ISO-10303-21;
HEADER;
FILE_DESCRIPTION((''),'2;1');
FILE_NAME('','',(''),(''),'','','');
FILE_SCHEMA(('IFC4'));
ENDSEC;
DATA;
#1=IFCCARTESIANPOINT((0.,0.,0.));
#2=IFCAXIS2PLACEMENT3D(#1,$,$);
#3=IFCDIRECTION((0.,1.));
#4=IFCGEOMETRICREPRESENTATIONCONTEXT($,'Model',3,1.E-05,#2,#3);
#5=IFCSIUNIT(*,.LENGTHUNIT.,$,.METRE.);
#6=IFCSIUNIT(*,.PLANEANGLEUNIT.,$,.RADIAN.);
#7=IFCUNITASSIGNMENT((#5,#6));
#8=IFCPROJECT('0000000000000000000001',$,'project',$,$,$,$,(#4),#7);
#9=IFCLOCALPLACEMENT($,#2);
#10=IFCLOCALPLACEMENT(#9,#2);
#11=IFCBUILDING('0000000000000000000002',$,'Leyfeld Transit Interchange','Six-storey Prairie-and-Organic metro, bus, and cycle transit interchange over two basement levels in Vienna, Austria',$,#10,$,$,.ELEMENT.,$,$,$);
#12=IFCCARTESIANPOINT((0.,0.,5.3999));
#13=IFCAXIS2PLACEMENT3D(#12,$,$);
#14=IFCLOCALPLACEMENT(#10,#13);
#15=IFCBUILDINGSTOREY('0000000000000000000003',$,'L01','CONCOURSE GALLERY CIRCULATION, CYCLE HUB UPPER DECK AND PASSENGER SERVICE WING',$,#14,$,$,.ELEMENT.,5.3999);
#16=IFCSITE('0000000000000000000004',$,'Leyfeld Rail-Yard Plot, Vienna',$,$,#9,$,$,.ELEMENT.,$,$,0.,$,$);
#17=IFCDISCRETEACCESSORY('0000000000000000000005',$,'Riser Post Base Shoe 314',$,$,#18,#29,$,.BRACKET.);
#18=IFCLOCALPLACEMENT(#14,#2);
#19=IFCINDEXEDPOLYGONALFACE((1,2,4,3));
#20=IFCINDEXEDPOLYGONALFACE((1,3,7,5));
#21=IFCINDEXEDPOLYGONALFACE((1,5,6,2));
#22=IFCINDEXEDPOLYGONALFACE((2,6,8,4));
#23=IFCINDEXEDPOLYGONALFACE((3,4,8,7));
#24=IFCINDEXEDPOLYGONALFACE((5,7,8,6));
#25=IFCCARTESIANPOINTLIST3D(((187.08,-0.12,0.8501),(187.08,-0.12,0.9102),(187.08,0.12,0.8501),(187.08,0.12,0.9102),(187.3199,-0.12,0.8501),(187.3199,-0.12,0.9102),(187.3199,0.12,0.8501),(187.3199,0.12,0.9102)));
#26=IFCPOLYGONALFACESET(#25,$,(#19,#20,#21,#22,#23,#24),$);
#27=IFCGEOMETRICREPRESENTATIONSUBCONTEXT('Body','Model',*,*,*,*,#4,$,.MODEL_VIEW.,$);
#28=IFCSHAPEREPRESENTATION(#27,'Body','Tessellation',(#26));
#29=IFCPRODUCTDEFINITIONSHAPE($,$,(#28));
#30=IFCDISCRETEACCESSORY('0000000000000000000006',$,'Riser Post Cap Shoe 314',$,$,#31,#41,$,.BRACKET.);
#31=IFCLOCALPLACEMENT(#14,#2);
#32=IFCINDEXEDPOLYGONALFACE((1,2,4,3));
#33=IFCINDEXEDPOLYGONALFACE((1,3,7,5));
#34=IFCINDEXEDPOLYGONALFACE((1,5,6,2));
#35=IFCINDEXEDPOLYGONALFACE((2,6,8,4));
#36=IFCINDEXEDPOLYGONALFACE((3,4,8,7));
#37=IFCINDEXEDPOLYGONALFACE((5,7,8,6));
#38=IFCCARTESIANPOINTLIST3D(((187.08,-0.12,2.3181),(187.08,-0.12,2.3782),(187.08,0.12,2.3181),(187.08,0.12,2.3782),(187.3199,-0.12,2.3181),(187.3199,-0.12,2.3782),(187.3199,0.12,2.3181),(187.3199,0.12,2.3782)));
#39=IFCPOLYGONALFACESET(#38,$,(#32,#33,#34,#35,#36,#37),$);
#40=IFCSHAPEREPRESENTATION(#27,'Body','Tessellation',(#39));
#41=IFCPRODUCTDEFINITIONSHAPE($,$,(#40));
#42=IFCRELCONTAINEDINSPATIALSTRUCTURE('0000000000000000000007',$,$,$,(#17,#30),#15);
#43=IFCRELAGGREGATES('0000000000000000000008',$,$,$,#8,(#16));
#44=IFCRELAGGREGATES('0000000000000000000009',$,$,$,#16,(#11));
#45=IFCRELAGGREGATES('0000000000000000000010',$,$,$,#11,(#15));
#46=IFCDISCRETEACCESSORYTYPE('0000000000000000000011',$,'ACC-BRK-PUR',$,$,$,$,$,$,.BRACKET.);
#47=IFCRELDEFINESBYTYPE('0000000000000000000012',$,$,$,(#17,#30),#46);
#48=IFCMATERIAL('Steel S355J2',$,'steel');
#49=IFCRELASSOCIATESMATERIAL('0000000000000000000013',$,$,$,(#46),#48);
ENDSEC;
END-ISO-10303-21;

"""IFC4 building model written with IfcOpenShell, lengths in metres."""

from ifc_helpers import new_model, si_unit, direction, frame, origin, origin_2d, place, context, subcontext, project, spatial, rectangle, extrude, material, type_object, element, save


model = new_model("IFC4")

# Units and contexts
model_context = context("Model", 3, precision=1e-05, world=origin(), true_north=direction((0.0, 1.0)))
body_context = subcontext(model_context, "Body", "Model", "MODEL_VIEW")
ifc_project = project(units=[si_unit("LENGTHUNIT", "METRE"), si_unit("PLANEANGLEUNIT", "RADIAN")], contexts=[model_context])

# Site, building, storey
site_placement = place(None, origin())
site = spatial("IfcSite", under=ifc_project, at=site_placement, Name="Leyfeld Rail-Yard Plot, Vienna", CompositionType="ELEMENT", RefElevation=0.0)
building_placement = place(site_placement, origin())
building = spatial("IfcBuilding", under=site, at=building_placement, Name="Leyfeld Transit Interchange", Description="Six-storey Prairie-and-Organic metro, bus, and cycle transit interchange over two basement levels in Vienna, Austria", CompositionType="ELEMENT")
storey_placement = place(building_placement, frame((0.0, 0.0, 5.3999)))
storey = spatial("IfcBuildingStorey", under=building, at=storey_placement, Name="L01", Description="CONCOURSE GALLERY CIRCULATION, CYCLE HUB UPPER DECK AND PASSENGER SERVICE WING", CompositionType="ELEMENT", Elevation=5.3999)

# Shared definitions
ifc_material_1 = material(Name="Steel S355J2", Category="steel")

# Discrete accessories
discrete_accessory_type = type_object("IfcDiscreteAccessoryType", Name="ACC-BRK-PUR", PredefinedType="BRACKET", material=ifc_material_1)
for number, where, z_axis, x_axis, name in (
    (1, (187.2, 0.0, 0.8501), (0.0, 0.0, 1.0), (1.0, 0.0, 0.0), "Riser Post Base Shoe 314"),
    (2, (187.2, 0.0, 2.3181), (0.0, 0.0, 1.0), (1.0, 0.0, 0.0), "Riser Post Cap Shoe 314"),
):
    element("IfcDiscreteAccessory", number, at=place(storey_placement, frame(where, z_axis=z_axis, x_axis=x_axis)), inside=storey, type_object=discrete_accessory_type, Name=name, PredefinedType="BRACKET", context=body_context, shape_type="SweptSolid", body=[
        extrude(rectangle(XDim=0.24, YDim=0.24, at=origin_2d()), origin(), (0.0, 0.0, 1.0), 0.0601),
    ])

save(model, "model.ifc")
